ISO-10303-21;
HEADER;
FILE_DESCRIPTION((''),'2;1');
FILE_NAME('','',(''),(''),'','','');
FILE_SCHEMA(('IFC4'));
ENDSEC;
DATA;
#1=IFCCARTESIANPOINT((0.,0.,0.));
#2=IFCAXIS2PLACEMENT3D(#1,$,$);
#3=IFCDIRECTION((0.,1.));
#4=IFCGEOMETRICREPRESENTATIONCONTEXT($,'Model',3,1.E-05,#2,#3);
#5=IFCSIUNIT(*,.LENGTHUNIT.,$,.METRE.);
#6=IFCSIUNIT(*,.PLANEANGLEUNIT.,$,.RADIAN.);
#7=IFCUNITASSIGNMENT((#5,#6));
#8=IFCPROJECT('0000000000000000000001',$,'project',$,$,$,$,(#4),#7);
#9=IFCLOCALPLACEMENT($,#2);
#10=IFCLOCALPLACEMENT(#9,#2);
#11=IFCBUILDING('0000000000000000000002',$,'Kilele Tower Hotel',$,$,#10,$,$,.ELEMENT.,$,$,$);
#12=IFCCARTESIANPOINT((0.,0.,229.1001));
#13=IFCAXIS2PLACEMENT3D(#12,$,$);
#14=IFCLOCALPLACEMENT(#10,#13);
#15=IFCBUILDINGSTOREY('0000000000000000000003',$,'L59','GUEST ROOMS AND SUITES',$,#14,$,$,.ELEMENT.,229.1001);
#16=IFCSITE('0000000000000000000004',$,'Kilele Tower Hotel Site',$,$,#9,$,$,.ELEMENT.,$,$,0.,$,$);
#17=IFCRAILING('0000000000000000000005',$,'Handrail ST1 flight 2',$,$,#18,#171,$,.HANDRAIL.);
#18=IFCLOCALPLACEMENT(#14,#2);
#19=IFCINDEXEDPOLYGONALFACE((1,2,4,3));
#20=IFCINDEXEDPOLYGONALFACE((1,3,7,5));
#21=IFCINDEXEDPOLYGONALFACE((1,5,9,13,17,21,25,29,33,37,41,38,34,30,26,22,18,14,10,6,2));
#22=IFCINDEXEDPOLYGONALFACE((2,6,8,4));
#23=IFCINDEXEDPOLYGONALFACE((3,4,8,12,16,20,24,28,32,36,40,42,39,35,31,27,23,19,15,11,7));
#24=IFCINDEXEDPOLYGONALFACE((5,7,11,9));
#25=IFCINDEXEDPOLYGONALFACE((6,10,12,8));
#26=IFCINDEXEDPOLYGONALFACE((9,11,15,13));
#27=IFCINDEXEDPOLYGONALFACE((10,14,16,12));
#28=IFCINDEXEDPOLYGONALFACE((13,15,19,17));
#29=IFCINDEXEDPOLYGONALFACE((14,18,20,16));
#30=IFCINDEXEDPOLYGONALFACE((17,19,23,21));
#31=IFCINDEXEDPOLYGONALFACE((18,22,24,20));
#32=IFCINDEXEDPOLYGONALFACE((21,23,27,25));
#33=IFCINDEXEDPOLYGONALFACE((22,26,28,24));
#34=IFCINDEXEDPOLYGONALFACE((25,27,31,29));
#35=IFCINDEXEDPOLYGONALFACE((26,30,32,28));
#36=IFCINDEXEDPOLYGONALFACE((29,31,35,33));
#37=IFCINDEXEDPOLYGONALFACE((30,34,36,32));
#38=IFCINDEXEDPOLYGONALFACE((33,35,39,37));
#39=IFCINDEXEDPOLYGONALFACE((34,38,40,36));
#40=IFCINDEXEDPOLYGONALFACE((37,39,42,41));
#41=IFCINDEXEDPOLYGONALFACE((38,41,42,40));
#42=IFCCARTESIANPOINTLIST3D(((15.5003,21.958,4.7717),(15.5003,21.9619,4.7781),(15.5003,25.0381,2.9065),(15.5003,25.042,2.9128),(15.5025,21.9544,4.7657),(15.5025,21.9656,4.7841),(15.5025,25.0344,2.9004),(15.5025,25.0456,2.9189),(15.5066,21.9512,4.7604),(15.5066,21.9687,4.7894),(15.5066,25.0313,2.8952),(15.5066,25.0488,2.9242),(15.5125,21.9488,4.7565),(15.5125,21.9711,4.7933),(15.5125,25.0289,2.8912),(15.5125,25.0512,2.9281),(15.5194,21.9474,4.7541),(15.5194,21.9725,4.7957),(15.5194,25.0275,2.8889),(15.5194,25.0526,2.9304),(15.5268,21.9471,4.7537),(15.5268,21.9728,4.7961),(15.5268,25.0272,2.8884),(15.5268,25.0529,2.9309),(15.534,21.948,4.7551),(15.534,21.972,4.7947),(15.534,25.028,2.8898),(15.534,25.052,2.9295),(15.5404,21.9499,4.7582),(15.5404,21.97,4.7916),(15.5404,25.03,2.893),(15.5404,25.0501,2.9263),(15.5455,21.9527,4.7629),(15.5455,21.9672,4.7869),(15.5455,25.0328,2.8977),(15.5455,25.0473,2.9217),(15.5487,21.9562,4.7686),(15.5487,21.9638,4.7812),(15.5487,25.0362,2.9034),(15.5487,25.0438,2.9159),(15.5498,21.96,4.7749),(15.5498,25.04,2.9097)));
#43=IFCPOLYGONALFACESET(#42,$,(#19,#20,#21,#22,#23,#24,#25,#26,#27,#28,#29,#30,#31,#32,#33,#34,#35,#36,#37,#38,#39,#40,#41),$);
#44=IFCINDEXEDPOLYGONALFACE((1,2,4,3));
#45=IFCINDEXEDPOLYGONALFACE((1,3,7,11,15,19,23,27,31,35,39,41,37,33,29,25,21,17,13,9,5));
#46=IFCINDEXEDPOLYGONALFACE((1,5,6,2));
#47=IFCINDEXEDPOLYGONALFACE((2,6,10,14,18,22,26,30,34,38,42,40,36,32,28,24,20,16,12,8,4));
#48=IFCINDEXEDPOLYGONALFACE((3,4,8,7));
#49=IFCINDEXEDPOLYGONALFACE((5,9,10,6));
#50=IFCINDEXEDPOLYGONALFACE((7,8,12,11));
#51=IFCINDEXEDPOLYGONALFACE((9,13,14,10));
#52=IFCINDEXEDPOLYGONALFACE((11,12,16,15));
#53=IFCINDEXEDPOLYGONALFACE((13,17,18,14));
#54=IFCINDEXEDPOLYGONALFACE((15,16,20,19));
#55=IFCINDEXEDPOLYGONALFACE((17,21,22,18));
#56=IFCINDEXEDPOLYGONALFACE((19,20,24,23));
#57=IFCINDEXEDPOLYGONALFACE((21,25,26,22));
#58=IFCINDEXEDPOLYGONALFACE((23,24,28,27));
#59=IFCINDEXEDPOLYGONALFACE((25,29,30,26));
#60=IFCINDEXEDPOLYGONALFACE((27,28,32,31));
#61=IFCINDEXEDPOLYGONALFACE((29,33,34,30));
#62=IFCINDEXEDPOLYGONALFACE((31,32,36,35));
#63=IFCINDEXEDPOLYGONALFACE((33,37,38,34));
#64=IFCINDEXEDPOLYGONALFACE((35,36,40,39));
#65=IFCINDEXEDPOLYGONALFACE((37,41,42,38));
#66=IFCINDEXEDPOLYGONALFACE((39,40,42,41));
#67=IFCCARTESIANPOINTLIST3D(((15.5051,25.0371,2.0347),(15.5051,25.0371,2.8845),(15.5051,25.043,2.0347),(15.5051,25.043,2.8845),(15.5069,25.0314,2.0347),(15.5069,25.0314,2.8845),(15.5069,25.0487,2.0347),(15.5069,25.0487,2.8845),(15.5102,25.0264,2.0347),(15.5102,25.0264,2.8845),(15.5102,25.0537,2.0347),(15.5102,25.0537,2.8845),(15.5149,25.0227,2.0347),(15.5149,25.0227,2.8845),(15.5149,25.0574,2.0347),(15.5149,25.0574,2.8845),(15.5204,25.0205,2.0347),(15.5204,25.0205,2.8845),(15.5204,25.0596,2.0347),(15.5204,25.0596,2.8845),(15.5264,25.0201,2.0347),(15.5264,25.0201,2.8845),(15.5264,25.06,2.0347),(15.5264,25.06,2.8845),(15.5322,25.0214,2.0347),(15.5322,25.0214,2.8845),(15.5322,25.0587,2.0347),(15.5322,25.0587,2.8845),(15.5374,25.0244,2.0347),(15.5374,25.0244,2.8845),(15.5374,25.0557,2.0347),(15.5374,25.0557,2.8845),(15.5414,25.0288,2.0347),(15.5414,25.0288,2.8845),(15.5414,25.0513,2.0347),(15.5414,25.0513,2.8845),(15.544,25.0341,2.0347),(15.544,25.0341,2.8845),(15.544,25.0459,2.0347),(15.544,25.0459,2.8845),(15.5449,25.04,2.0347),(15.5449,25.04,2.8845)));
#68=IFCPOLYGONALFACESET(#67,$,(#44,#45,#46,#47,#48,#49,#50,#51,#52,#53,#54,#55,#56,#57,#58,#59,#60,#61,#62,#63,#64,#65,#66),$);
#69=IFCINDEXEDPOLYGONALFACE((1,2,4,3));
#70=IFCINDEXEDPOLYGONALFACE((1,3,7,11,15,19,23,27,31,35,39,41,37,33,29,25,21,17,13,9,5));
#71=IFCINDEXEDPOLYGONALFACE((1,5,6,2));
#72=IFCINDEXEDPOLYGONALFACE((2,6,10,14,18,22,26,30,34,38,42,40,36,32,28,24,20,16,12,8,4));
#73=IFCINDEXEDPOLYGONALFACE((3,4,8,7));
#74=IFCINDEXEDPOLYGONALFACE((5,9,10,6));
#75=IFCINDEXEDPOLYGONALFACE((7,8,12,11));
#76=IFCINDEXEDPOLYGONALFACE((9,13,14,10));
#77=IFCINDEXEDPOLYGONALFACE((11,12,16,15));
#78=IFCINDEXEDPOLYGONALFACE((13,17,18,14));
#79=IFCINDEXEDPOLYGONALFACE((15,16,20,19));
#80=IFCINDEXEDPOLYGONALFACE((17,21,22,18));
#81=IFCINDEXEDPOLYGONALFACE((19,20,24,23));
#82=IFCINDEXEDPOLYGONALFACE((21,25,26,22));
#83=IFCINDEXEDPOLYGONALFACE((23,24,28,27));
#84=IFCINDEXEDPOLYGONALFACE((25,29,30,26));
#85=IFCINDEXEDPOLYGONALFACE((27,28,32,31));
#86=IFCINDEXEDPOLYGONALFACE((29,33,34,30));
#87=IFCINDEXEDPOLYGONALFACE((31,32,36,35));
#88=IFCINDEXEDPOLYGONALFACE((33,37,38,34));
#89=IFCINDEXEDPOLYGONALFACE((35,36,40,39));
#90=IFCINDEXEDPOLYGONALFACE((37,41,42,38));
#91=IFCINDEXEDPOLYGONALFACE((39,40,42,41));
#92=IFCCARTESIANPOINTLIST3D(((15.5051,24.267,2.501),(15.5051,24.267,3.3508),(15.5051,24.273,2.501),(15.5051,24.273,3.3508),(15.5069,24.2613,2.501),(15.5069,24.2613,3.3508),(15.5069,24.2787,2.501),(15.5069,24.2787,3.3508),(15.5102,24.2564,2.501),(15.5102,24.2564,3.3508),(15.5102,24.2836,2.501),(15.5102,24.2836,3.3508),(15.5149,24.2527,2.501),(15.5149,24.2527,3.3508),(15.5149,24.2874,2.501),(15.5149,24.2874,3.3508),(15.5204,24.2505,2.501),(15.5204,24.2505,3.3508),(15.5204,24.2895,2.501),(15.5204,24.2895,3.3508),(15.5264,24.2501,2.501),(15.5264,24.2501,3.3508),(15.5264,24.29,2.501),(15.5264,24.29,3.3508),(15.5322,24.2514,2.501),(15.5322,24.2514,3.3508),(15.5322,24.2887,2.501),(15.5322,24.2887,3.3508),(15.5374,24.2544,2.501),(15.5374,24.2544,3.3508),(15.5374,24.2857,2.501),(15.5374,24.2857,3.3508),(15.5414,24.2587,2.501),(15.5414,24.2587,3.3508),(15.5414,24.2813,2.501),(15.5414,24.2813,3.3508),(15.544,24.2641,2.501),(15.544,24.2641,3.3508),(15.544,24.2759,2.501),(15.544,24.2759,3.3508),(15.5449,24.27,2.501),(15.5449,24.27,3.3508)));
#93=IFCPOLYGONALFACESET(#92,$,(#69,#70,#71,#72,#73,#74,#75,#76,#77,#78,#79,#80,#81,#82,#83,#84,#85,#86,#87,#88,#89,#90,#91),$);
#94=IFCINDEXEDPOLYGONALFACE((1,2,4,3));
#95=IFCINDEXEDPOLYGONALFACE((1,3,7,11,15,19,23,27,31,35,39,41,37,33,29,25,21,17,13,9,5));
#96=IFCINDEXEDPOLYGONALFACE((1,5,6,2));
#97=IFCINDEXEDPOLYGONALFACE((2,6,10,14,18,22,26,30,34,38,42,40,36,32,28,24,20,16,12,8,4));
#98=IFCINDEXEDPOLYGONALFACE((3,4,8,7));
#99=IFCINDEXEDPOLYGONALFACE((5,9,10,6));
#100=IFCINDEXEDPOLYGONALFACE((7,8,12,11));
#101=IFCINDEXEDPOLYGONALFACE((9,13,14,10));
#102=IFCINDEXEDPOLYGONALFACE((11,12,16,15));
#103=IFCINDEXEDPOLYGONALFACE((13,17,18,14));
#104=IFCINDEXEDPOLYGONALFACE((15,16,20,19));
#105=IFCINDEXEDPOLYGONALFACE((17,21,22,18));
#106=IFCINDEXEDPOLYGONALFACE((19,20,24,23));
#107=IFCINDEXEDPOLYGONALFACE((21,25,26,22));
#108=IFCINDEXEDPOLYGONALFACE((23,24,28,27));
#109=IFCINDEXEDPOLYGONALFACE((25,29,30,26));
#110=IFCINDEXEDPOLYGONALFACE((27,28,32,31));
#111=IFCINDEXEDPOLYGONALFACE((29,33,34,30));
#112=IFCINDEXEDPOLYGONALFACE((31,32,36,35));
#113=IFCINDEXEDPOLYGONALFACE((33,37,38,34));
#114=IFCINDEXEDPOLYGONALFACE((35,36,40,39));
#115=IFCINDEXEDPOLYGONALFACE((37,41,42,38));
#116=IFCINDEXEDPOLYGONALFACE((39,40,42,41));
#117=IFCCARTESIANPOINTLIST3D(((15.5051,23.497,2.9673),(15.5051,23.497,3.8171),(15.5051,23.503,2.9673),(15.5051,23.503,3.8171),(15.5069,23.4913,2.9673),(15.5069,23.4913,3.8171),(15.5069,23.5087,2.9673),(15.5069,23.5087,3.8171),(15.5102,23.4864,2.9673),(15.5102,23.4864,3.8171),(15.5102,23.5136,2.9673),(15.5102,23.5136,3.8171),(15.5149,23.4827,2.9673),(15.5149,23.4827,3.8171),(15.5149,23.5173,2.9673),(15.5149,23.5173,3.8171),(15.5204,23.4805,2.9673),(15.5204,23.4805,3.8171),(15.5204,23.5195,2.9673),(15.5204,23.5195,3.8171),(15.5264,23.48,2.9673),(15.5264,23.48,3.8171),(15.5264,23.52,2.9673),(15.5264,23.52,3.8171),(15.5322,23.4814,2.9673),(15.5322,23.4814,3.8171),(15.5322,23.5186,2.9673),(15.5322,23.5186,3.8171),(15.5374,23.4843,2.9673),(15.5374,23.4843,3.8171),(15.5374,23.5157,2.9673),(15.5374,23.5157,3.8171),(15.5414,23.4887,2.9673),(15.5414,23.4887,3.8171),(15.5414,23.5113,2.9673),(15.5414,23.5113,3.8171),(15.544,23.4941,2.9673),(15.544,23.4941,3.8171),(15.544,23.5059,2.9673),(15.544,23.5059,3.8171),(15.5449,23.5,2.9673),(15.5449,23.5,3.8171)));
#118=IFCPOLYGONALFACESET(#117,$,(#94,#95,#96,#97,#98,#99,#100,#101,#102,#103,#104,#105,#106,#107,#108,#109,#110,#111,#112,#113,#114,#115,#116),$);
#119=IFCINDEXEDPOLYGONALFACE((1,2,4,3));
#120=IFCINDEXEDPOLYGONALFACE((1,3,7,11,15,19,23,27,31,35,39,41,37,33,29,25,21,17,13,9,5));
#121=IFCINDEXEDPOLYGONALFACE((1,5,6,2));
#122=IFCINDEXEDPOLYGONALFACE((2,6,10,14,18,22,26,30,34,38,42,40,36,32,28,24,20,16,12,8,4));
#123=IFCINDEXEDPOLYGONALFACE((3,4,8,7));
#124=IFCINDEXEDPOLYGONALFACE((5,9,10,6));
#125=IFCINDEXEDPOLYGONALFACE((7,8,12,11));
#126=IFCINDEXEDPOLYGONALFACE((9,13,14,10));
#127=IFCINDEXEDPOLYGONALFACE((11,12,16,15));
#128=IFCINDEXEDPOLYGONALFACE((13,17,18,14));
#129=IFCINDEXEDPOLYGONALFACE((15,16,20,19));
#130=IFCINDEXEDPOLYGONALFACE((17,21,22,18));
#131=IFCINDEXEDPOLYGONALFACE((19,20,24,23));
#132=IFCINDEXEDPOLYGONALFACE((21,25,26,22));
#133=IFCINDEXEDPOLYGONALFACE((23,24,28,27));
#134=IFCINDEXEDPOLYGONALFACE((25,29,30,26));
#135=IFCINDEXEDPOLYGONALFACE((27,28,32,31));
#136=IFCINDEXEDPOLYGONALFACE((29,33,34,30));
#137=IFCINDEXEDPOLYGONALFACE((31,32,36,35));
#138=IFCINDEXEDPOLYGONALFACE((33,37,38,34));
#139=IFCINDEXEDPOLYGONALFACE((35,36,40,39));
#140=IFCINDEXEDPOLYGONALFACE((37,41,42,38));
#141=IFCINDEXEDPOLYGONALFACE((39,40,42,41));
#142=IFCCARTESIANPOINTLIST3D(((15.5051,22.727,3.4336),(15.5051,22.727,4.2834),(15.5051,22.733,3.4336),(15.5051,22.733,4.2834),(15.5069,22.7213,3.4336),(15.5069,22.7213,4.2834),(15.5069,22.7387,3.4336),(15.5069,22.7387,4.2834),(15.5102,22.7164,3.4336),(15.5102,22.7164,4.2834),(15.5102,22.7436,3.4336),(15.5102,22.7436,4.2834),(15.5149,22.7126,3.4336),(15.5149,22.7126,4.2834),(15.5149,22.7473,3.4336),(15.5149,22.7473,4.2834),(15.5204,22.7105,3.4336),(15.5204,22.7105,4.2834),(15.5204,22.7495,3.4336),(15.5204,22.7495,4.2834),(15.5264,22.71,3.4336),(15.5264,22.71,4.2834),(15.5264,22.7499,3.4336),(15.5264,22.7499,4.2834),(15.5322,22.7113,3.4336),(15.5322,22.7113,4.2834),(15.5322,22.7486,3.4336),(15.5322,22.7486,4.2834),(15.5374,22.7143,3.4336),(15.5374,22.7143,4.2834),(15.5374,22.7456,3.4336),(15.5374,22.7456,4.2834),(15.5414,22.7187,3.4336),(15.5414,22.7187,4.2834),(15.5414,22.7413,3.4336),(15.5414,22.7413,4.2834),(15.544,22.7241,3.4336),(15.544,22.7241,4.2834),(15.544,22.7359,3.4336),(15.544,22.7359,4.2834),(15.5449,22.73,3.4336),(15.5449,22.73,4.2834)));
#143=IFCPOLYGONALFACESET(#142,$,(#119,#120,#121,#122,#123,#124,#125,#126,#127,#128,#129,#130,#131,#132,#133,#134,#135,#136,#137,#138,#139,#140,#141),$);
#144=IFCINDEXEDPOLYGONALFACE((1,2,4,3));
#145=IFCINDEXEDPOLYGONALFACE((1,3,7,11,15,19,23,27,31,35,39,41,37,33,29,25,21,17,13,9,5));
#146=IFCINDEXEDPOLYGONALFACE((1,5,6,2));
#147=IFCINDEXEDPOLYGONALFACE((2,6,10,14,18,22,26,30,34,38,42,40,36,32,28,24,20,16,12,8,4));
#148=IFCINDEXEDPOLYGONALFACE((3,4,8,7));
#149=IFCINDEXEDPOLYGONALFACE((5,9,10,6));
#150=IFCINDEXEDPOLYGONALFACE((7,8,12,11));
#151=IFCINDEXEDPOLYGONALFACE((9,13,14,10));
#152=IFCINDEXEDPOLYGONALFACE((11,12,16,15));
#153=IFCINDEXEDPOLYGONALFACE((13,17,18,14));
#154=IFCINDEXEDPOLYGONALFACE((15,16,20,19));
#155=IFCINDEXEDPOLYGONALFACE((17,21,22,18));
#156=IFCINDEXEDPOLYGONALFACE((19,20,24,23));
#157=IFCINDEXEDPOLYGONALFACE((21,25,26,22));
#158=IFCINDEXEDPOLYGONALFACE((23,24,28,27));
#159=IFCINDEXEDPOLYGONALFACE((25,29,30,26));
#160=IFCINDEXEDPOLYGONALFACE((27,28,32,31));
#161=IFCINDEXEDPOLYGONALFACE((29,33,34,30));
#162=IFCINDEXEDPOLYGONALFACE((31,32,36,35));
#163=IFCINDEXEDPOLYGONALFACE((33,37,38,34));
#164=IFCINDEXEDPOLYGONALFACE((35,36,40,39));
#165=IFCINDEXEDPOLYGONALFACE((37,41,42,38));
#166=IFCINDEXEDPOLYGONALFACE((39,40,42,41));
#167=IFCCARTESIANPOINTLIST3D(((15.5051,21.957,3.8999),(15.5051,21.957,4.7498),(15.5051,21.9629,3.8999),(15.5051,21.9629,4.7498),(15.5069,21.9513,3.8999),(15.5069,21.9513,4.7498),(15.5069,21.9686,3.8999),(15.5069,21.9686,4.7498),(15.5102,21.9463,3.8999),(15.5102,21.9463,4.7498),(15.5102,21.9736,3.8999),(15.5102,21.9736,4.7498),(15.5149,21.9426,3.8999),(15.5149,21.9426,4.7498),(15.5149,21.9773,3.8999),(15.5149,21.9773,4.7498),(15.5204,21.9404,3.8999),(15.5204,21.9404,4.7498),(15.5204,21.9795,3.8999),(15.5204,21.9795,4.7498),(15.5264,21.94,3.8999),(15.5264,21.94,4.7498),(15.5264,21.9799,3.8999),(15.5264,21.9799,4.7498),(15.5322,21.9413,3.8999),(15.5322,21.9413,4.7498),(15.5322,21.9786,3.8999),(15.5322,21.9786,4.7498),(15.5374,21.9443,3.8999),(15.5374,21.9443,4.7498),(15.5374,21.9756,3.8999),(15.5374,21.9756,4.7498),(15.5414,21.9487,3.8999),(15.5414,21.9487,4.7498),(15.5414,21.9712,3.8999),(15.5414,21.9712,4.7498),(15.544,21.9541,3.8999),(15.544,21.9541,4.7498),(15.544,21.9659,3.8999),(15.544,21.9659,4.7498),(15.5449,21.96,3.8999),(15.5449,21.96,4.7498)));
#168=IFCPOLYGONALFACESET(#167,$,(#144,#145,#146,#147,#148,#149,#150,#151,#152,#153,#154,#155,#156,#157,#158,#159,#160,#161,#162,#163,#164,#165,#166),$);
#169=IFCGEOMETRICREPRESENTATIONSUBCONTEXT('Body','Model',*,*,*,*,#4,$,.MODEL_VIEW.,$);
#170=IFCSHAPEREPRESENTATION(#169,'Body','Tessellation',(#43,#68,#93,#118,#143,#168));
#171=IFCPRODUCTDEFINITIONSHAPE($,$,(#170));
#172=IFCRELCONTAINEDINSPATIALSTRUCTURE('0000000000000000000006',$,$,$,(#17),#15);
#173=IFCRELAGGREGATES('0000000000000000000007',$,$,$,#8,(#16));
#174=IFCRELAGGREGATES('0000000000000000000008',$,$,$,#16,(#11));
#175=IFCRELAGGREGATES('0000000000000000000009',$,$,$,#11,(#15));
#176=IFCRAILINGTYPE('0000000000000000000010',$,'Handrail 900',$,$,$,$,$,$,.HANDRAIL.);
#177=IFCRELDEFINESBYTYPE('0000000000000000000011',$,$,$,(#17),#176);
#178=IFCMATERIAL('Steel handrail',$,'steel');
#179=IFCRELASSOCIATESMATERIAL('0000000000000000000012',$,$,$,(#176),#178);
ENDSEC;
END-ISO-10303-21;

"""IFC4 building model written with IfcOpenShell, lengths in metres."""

from ifc_helpers import new_model, si_unit, direction, frame, origin, origin_2d, place, context, subcontext, project, spatial, circle, extrude, material, type_object, element, save


model = new_model("IFC4")

# Units and contexts
model_context = context("Model", 3, precision=1e-05, world=origin(), true_north=direction((0.0, 1.0)))
body_context = subcontext(model_context, "Body", "Model", "MODEL_VIEW")
ifc_project = project(units=[si_unit("LENGTHUNIT", "METRE"), si_unit("PLANEANGLEUNIT", "RADIAN")], contexts=[model_context])

# Site, building, storey
site_placement = place(None, origin())
site = spatial("IfcSite", under=ifc_project, at=site_placement, Name="Kilele Tower Hotel Site", CompositionType="ELEMENT", RefElevation=0.0)
building_placement = place(site_placement, origin())
building = spatial("IfcBuilding", under=site, at=building_placement, Name="Kilele Tower Hotel", CompositionType="ELEMENT")
storey_placement = place(building_placement, frame((0.0, 0.0, 229.1001)))
storey = spatial("IfcBuildingStorey", under=building, at=storey_placement, Name="L59", Description="GUEST ROOMS AND SUITES", CompositionType="ELEMENT", Elevation=229.1001)

# Railing
ifc_material_1 = material(Name="Steel handrail", Category="steel")
railing_type_1 = type_object("IfcRailingType", Name="Handrail 900", PredefinedType="HANDRAIL", material=ifc_material_1)
for number, where, name in (
    (1, (15.5249, 25.04, 2.0347), "Handrail ST1 flight 2"),
):
    element("IfcRailing", number, at=place(storey_placement, frame(where)), inside=storey, type_object=railing_type_1, Name=name, PredefinedType="HANDRAIL", context=body_context, shape_type="SweptSolid", body=[
        extrude(circle(Radius=0.0249, at=origin_2d()), frame((0.0, 0.0, 0.875), z_axis=(0.0, -0.85538, 0.518001), x_axis=(1.0, 0.0, 0.0)), (0.0, 0.0, 1.0), 3.6008),
        extrude(circle(Radius=0.02, at=origin_2d()), origin(), (0.0, 0.0, 1.0), 0.8499),
        extrude(circle(Radius=0.02, at=origin_2d()), frame((0.0, -0.77, 0.4663)), (0.0, 0.0, 1.0), 0.8499),
        extrude(circle(Radius=0.02, at=origin_2d()), frame((0.0, -1.54, 0.9326)), (0.0, 0.0, 1.0), 0.8499),
        extrude(circle(Radius=0.02, at=origin_2d()), frame((0.0, -2.3101, 1.3989)), (0.0, 0.0, 1.0), 0.8499),
        extrude(circle(Radius=0.02, at=origin_2d()), frame((0.0, -3.0801, 1.8652)), (0.0, 0.0, 1.0), 0.8499),
    ])

save(model, "model.ifc")
